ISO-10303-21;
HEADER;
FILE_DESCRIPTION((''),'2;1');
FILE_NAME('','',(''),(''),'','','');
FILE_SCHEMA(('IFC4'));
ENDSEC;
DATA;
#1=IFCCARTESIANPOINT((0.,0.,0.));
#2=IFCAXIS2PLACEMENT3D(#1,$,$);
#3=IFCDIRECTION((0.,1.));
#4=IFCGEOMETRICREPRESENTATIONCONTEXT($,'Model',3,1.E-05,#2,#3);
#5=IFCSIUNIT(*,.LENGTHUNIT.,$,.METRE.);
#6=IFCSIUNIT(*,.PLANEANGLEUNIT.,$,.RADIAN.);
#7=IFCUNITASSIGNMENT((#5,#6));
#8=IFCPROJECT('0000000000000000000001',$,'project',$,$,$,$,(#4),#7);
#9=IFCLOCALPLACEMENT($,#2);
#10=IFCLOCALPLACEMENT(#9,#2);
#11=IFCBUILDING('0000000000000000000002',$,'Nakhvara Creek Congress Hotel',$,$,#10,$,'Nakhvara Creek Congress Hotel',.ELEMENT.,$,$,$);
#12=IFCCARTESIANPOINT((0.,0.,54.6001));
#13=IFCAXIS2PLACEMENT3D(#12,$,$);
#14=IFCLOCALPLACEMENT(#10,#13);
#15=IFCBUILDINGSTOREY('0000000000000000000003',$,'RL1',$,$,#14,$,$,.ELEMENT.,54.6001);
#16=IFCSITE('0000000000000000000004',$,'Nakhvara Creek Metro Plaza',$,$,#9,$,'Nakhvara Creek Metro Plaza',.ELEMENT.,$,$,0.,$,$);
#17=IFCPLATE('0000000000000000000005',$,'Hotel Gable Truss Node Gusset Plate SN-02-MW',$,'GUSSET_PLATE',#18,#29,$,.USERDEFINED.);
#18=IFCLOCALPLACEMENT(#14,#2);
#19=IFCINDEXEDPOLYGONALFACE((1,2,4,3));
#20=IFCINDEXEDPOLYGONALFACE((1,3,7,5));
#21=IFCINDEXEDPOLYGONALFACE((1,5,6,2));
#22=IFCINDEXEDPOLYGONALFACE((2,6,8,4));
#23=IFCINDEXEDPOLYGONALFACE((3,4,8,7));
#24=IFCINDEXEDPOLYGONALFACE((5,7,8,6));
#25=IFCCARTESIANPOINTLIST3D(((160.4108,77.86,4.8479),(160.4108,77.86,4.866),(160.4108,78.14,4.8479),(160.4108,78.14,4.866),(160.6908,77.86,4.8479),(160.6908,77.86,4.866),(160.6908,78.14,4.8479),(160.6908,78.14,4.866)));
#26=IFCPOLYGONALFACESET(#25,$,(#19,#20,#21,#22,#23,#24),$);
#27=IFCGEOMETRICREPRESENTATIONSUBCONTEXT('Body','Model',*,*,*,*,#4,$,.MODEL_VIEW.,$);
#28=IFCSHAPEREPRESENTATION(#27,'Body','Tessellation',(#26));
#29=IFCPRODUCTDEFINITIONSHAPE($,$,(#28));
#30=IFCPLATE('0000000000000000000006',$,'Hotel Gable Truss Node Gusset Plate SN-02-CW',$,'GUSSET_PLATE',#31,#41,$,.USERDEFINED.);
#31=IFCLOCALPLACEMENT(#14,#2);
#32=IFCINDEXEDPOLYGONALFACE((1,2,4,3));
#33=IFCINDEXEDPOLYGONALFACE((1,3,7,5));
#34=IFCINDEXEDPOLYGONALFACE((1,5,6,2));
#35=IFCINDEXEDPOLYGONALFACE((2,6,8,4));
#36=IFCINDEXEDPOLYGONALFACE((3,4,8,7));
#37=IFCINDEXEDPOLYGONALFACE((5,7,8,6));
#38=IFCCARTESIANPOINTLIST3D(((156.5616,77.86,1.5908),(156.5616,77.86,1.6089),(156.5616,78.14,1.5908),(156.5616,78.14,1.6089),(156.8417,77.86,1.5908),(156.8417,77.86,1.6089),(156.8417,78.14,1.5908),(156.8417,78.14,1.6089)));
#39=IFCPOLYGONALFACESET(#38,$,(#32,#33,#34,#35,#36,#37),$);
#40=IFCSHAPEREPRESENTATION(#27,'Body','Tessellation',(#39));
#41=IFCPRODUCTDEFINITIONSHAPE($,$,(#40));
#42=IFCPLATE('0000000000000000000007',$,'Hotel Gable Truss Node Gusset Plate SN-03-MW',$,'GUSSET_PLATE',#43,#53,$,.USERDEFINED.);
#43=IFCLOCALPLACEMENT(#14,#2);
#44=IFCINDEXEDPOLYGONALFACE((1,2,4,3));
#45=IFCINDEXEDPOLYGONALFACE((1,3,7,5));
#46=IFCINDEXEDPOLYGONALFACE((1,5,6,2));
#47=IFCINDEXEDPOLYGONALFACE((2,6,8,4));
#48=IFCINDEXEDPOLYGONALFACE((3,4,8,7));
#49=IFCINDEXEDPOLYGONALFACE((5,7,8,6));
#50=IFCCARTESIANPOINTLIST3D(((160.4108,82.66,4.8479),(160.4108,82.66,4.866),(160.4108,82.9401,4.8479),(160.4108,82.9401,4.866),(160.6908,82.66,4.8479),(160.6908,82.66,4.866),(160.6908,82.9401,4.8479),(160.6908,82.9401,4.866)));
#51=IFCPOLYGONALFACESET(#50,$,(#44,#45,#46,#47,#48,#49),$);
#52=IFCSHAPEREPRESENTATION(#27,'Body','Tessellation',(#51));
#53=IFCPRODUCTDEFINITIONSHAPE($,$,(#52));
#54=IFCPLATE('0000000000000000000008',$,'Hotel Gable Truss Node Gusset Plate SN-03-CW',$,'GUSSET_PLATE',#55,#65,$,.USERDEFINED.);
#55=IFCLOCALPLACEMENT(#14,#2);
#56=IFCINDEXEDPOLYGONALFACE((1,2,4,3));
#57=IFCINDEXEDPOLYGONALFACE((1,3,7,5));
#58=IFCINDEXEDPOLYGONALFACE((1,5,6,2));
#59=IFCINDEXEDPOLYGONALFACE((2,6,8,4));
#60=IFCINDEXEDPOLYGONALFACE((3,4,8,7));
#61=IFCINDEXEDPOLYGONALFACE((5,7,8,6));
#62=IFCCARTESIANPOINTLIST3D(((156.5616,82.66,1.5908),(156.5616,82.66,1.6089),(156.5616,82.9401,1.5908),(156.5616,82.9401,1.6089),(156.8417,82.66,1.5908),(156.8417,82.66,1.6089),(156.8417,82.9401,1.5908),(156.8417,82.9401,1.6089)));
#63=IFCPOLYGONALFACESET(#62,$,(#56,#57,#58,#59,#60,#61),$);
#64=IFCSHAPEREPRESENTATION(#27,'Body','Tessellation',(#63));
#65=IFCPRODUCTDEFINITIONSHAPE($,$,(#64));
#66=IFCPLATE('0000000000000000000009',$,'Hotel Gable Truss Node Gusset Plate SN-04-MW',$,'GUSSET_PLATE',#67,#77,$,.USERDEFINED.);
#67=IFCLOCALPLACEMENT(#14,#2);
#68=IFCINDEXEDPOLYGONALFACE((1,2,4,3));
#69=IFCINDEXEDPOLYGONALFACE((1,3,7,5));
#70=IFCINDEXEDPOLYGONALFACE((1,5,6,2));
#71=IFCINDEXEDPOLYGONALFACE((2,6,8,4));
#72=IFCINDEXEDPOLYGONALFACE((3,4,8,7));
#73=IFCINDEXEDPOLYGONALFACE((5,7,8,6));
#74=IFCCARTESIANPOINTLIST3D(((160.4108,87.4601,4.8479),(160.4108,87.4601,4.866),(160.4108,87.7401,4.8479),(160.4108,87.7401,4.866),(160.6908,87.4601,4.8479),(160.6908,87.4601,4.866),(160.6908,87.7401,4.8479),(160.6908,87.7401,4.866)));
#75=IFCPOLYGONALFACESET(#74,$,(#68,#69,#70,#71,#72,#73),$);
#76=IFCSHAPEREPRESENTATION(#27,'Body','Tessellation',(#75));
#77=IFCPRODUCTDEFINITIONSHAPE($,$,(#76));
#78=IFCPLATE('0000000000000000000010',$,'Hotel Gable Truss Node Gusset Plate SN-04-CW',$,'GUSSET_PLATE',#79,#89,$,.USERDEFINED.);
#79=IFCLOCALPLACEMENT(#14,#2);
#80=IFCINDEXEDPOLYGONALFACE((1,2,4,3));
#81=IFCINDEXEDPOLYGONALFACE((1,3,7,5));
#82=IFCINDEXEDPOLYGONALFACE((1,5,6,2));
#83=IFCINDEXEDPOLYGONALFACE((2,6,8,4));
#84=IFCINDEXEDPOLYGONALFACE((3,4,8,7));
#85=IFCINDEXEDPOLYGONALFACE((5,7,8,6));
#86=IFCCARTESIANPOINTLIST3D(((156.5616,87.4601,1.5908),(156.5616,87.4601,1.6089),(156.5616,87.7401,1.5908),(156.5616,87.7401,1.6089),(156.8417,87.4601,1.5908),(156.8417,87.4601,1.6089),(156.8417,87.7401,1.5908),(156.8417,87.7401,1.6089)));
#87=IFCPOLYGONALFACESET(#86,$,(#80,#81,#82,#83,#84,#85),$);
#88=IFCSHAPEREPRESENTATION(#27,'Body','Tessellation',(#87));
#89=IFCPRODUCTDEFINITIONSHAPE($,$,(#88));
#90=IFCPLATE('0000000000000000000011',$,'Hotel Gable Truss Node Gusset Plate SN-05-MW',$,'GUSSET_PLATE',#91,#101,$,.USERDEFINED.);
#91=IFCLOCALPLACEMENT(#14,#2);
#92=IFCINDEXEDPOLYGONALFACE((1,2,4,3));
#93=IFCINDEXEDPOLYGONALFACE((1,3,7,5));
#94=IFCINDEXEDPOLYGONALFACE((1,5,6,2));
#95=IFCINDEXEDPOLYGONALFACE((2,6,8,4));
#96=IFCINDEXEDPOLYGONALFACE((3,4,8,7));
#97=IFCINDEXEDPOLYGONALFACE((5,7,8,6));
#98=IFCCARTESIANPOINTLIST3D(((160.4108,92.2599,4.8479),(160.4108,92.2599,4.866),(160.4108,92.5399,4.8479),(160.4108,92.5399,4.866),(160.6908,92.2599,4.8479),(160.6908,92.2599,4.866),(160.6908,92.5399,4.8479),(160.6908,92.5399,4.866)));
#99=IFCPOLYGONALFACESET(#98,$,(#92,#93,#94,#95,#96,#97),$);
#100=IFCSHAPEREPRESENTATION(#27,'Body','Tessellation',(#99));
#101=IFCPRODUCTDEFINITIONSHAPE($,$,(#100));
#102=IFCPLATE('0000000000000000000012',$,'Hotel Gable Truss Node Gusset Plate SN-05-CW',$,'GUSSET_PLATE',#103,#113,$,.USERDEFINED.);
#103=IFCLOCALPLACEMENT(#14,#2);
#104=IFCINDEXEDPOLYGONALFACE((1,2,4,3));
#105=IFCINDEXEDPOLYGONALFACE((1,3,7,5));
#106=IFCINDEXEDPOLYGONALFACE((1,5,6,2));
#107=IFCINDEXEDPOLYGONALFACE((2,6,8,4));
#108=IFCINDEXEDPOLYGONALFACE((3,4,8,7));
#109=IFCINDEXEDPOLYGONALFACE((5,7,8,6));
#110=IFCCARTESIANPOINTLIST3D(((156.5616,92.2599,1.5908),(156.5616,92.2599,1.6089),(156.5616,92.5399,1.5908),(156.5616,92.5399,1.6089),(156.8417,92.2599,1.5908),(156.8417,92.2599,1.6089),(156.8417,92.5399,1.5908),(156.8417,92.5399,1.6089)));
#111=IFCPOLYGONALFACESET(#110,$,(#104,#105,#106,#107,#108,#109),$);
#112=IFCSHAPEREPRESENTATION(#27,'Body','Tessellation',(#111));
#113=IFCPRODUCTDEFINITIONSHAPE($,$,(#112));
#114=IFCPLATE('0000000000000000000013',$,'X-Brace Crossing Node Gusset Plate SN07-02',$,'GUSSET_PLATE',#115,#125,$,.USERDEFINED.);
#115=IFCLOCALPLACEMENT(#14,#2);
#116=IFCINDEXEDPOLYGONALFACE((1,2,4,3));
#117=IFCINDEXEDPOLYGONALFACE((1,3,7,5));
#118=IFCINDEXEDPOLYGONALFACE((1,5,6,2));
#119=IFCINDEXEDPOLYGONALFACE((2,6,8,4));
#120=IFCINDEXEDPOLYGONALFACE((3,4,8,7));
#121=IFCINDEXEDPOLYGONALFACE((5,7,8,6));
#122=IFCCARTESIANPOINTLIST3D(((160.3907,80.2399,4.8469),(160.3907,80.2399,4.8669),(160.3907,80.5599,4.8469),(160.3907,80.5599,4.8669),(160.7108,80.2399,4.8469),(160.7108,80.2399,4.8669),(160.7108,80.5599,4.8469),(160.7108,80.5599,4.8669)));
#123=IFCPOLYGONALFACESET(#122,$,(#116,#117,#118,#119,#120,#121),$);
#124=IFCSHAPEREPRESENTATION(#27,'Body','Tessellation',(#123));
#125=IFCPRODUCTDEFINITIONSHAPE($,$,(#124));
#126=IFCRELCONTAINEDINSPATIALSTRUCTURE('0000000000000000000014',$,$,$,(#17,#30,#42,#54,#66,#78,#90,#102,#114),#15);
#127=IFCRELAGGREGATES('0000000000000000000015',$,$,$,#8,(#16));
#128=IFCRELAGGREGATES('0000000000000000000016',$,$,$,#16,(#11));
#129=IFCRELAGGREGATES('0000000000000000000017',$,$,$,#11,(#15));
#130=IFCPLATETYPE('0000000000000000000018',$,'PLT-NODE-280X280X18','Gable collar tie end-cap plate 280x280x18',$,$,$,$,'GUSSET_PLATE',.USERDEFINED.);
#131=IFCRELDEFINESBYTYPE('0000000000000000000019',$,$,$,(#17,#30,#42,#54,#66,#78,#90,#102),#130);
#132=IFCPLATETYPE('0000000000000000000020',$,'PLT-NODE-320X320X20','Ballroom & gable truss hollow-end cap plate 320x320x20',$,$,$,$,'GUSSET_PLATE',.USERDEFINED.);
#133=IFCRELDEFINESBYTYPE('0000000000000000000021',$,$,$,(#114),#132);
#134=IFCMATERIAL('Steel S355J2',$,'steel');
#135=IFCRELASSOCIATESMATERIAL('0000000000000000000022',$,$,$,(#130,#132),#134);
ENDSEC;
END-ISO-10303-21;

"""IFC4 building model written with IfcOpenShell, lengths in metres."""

from ifc_helpers import new_model, si_unit, direction, frame, origin, origin_2d, place, context, subcontext, project, spatial, rectangle, extrude, material, type_object, element, save


model = new_model("IFC4")

# Units and contexts
model_context = context("Model", 3, precision=1e-05, world=origin(), true_north=direction((0.0, 1.0)))
body_context = subcontext(model_context, "Body", "Model", "MODEL_VIEW")
ifc_project = project(units=[si_unit("LENGTHUNIT", "METRE"), si_unit("PLANEANGLEUNIT", "RADIAN")], contexts=[model_context])

# Site, building, storey
site_placement = place(None, origin())
site = spatial("IfcSite", under=ifc_project, at=site_placement, Name="Nakhvara Creek Metro Plaza", LongName="Nakhvara Creek Metro Plaza", CompositionType="ELEMENT", RefElevation=0.0)
building_placement = place(site_placement, origin())
building = spatial("IfcBuilding", under=site, at=building_placement, Name="Nakhvara Creek Congress Hotel", LongName="Nakhvara Creek Congress Hotel", CompositionType="ELEMENT")
storey_placement = place(building_placement, frame((0.0, 0.0, 54.6001)))
storey = spatial("IfcBuildingStorey", under=building, at=storey_placement, Name="RL1", CompositionType="ELEMENT", Elevation=54.6001)

# Shared definitions
ifc_material_1 = material(Name="Steel S355J2", Category="steel")

# Plates
plate_type_1 = type_object("IfcPlateType", Name="PLT-NODE-280X280X18", Description="Gable collar tie end-cap plate 280x280x18", ElementType="GUSSET_PLATE", PredefinedType="USERDEFINED", material=ifc_material_1)
for number, where, z_axis, x_axis, name in (
    (1, (160.5508, 78.0, 4.8479), (0.0, 0.0, 1.0), (1.0, 0.0, 0.0), "Hotel Gable Truss Node Gusset Plate SN-02-MW"),
    (2, (156.7017, 78.0, 1.5908), (0.0, 0.0, 1.0), (1.0, 0.0, 0.0), "Hotel Gable Truss Node Gusset Plate SN-02-CW"),
    (3, (160.5508, 82.8, 4.8479), (0.0, 0.0, 1.0), (1.0, 0.0, 0.0), "Hotel Gable Truss Node Gusset Plate SN-03-MW"),
    (4, (156.7017, 82.8, 1.5908), (0.0, 0.0, 1.0), (1.0, 0.0, 0.0), "Hotel Gable Truss Node Gusset Plate SN-03-CW"),
    (5, (160.5508, 87.6001, 4.8479), (0.0, 0.0, 1.0), (1.0, 0.0, 0.0), "Hotel Gable Truss Node Gusset Plate SN-04-MW"),
    (6, (156.7017, 87.6001, 1.5908), (0.0, 0.0, 1.0), (1.0, 0.0, 0.0), "Hotel Gable Truss Node Gusset Plate SN-04-CW"),
    (7, (160.5508, 92.3999, 4.8479), (0.0, 0.0, 1.0), (1.0, 0.0, 0.0), "Hotel Gable Truss Node Gusset Plate SN-05-MW"),
    (8, (156.7017, 92.3999, 1.5908), (0.0, 0.0, 1.0), (1.0, 0.0, 0.0), "Hotel Gable Truss Node Gusset Plate SN-05-CW"),
):
    element("IfcPlate", number, at=place(storey_placement, frame(where, z_axis=z_axis, x_axis=x_axis)), inside=storey, type_object=plate_type_1, Name=name, ObjectType="GUSSET_PLATE", PredefinedType="USERDEFINED", context=body_context, shape_type="SweptSolid", body=[
        extrude(rectangle(XDim=0.28, YDim=0.28, at=origin_2d()), origin(), (0.0, 0.0, 1.0), 0.0181),
    ])
plate_type_2 = type_object("IfcPlateType", Name="PLT-NODE-320X320X20", Description="Ballroom & gable truss hollow-end cap plate 320x320x20", ElementType="GUSSET_PLATE", PredefinedType="USERDEFINED", material=ifc_material_1)
plate_placement = place(storey_placement, frame((160.5508, 80.3999, 4.8469), z_axis=(0.0, 0.0, 1.0), x_axis=(1.0, 0.0, 0.0)))
element("IfcPlate", 9, at=plate_placement, inside=storey, type_object=plate_type_2, Name="X-Brace Crossing Node Gusset Plate SN07-02", ObjectType="GUSSET_PLATE", PredefinedType="USERDEFINED", context=body_context, shape_type="SweptSolid", body=[
    extrude(rectangle(XDim=0.3201, YDim=0.3201, at=origin_2d()), origin(), (0.0, 0.0, 1.0), 0.02),
])

save(model, "model.ifc")
